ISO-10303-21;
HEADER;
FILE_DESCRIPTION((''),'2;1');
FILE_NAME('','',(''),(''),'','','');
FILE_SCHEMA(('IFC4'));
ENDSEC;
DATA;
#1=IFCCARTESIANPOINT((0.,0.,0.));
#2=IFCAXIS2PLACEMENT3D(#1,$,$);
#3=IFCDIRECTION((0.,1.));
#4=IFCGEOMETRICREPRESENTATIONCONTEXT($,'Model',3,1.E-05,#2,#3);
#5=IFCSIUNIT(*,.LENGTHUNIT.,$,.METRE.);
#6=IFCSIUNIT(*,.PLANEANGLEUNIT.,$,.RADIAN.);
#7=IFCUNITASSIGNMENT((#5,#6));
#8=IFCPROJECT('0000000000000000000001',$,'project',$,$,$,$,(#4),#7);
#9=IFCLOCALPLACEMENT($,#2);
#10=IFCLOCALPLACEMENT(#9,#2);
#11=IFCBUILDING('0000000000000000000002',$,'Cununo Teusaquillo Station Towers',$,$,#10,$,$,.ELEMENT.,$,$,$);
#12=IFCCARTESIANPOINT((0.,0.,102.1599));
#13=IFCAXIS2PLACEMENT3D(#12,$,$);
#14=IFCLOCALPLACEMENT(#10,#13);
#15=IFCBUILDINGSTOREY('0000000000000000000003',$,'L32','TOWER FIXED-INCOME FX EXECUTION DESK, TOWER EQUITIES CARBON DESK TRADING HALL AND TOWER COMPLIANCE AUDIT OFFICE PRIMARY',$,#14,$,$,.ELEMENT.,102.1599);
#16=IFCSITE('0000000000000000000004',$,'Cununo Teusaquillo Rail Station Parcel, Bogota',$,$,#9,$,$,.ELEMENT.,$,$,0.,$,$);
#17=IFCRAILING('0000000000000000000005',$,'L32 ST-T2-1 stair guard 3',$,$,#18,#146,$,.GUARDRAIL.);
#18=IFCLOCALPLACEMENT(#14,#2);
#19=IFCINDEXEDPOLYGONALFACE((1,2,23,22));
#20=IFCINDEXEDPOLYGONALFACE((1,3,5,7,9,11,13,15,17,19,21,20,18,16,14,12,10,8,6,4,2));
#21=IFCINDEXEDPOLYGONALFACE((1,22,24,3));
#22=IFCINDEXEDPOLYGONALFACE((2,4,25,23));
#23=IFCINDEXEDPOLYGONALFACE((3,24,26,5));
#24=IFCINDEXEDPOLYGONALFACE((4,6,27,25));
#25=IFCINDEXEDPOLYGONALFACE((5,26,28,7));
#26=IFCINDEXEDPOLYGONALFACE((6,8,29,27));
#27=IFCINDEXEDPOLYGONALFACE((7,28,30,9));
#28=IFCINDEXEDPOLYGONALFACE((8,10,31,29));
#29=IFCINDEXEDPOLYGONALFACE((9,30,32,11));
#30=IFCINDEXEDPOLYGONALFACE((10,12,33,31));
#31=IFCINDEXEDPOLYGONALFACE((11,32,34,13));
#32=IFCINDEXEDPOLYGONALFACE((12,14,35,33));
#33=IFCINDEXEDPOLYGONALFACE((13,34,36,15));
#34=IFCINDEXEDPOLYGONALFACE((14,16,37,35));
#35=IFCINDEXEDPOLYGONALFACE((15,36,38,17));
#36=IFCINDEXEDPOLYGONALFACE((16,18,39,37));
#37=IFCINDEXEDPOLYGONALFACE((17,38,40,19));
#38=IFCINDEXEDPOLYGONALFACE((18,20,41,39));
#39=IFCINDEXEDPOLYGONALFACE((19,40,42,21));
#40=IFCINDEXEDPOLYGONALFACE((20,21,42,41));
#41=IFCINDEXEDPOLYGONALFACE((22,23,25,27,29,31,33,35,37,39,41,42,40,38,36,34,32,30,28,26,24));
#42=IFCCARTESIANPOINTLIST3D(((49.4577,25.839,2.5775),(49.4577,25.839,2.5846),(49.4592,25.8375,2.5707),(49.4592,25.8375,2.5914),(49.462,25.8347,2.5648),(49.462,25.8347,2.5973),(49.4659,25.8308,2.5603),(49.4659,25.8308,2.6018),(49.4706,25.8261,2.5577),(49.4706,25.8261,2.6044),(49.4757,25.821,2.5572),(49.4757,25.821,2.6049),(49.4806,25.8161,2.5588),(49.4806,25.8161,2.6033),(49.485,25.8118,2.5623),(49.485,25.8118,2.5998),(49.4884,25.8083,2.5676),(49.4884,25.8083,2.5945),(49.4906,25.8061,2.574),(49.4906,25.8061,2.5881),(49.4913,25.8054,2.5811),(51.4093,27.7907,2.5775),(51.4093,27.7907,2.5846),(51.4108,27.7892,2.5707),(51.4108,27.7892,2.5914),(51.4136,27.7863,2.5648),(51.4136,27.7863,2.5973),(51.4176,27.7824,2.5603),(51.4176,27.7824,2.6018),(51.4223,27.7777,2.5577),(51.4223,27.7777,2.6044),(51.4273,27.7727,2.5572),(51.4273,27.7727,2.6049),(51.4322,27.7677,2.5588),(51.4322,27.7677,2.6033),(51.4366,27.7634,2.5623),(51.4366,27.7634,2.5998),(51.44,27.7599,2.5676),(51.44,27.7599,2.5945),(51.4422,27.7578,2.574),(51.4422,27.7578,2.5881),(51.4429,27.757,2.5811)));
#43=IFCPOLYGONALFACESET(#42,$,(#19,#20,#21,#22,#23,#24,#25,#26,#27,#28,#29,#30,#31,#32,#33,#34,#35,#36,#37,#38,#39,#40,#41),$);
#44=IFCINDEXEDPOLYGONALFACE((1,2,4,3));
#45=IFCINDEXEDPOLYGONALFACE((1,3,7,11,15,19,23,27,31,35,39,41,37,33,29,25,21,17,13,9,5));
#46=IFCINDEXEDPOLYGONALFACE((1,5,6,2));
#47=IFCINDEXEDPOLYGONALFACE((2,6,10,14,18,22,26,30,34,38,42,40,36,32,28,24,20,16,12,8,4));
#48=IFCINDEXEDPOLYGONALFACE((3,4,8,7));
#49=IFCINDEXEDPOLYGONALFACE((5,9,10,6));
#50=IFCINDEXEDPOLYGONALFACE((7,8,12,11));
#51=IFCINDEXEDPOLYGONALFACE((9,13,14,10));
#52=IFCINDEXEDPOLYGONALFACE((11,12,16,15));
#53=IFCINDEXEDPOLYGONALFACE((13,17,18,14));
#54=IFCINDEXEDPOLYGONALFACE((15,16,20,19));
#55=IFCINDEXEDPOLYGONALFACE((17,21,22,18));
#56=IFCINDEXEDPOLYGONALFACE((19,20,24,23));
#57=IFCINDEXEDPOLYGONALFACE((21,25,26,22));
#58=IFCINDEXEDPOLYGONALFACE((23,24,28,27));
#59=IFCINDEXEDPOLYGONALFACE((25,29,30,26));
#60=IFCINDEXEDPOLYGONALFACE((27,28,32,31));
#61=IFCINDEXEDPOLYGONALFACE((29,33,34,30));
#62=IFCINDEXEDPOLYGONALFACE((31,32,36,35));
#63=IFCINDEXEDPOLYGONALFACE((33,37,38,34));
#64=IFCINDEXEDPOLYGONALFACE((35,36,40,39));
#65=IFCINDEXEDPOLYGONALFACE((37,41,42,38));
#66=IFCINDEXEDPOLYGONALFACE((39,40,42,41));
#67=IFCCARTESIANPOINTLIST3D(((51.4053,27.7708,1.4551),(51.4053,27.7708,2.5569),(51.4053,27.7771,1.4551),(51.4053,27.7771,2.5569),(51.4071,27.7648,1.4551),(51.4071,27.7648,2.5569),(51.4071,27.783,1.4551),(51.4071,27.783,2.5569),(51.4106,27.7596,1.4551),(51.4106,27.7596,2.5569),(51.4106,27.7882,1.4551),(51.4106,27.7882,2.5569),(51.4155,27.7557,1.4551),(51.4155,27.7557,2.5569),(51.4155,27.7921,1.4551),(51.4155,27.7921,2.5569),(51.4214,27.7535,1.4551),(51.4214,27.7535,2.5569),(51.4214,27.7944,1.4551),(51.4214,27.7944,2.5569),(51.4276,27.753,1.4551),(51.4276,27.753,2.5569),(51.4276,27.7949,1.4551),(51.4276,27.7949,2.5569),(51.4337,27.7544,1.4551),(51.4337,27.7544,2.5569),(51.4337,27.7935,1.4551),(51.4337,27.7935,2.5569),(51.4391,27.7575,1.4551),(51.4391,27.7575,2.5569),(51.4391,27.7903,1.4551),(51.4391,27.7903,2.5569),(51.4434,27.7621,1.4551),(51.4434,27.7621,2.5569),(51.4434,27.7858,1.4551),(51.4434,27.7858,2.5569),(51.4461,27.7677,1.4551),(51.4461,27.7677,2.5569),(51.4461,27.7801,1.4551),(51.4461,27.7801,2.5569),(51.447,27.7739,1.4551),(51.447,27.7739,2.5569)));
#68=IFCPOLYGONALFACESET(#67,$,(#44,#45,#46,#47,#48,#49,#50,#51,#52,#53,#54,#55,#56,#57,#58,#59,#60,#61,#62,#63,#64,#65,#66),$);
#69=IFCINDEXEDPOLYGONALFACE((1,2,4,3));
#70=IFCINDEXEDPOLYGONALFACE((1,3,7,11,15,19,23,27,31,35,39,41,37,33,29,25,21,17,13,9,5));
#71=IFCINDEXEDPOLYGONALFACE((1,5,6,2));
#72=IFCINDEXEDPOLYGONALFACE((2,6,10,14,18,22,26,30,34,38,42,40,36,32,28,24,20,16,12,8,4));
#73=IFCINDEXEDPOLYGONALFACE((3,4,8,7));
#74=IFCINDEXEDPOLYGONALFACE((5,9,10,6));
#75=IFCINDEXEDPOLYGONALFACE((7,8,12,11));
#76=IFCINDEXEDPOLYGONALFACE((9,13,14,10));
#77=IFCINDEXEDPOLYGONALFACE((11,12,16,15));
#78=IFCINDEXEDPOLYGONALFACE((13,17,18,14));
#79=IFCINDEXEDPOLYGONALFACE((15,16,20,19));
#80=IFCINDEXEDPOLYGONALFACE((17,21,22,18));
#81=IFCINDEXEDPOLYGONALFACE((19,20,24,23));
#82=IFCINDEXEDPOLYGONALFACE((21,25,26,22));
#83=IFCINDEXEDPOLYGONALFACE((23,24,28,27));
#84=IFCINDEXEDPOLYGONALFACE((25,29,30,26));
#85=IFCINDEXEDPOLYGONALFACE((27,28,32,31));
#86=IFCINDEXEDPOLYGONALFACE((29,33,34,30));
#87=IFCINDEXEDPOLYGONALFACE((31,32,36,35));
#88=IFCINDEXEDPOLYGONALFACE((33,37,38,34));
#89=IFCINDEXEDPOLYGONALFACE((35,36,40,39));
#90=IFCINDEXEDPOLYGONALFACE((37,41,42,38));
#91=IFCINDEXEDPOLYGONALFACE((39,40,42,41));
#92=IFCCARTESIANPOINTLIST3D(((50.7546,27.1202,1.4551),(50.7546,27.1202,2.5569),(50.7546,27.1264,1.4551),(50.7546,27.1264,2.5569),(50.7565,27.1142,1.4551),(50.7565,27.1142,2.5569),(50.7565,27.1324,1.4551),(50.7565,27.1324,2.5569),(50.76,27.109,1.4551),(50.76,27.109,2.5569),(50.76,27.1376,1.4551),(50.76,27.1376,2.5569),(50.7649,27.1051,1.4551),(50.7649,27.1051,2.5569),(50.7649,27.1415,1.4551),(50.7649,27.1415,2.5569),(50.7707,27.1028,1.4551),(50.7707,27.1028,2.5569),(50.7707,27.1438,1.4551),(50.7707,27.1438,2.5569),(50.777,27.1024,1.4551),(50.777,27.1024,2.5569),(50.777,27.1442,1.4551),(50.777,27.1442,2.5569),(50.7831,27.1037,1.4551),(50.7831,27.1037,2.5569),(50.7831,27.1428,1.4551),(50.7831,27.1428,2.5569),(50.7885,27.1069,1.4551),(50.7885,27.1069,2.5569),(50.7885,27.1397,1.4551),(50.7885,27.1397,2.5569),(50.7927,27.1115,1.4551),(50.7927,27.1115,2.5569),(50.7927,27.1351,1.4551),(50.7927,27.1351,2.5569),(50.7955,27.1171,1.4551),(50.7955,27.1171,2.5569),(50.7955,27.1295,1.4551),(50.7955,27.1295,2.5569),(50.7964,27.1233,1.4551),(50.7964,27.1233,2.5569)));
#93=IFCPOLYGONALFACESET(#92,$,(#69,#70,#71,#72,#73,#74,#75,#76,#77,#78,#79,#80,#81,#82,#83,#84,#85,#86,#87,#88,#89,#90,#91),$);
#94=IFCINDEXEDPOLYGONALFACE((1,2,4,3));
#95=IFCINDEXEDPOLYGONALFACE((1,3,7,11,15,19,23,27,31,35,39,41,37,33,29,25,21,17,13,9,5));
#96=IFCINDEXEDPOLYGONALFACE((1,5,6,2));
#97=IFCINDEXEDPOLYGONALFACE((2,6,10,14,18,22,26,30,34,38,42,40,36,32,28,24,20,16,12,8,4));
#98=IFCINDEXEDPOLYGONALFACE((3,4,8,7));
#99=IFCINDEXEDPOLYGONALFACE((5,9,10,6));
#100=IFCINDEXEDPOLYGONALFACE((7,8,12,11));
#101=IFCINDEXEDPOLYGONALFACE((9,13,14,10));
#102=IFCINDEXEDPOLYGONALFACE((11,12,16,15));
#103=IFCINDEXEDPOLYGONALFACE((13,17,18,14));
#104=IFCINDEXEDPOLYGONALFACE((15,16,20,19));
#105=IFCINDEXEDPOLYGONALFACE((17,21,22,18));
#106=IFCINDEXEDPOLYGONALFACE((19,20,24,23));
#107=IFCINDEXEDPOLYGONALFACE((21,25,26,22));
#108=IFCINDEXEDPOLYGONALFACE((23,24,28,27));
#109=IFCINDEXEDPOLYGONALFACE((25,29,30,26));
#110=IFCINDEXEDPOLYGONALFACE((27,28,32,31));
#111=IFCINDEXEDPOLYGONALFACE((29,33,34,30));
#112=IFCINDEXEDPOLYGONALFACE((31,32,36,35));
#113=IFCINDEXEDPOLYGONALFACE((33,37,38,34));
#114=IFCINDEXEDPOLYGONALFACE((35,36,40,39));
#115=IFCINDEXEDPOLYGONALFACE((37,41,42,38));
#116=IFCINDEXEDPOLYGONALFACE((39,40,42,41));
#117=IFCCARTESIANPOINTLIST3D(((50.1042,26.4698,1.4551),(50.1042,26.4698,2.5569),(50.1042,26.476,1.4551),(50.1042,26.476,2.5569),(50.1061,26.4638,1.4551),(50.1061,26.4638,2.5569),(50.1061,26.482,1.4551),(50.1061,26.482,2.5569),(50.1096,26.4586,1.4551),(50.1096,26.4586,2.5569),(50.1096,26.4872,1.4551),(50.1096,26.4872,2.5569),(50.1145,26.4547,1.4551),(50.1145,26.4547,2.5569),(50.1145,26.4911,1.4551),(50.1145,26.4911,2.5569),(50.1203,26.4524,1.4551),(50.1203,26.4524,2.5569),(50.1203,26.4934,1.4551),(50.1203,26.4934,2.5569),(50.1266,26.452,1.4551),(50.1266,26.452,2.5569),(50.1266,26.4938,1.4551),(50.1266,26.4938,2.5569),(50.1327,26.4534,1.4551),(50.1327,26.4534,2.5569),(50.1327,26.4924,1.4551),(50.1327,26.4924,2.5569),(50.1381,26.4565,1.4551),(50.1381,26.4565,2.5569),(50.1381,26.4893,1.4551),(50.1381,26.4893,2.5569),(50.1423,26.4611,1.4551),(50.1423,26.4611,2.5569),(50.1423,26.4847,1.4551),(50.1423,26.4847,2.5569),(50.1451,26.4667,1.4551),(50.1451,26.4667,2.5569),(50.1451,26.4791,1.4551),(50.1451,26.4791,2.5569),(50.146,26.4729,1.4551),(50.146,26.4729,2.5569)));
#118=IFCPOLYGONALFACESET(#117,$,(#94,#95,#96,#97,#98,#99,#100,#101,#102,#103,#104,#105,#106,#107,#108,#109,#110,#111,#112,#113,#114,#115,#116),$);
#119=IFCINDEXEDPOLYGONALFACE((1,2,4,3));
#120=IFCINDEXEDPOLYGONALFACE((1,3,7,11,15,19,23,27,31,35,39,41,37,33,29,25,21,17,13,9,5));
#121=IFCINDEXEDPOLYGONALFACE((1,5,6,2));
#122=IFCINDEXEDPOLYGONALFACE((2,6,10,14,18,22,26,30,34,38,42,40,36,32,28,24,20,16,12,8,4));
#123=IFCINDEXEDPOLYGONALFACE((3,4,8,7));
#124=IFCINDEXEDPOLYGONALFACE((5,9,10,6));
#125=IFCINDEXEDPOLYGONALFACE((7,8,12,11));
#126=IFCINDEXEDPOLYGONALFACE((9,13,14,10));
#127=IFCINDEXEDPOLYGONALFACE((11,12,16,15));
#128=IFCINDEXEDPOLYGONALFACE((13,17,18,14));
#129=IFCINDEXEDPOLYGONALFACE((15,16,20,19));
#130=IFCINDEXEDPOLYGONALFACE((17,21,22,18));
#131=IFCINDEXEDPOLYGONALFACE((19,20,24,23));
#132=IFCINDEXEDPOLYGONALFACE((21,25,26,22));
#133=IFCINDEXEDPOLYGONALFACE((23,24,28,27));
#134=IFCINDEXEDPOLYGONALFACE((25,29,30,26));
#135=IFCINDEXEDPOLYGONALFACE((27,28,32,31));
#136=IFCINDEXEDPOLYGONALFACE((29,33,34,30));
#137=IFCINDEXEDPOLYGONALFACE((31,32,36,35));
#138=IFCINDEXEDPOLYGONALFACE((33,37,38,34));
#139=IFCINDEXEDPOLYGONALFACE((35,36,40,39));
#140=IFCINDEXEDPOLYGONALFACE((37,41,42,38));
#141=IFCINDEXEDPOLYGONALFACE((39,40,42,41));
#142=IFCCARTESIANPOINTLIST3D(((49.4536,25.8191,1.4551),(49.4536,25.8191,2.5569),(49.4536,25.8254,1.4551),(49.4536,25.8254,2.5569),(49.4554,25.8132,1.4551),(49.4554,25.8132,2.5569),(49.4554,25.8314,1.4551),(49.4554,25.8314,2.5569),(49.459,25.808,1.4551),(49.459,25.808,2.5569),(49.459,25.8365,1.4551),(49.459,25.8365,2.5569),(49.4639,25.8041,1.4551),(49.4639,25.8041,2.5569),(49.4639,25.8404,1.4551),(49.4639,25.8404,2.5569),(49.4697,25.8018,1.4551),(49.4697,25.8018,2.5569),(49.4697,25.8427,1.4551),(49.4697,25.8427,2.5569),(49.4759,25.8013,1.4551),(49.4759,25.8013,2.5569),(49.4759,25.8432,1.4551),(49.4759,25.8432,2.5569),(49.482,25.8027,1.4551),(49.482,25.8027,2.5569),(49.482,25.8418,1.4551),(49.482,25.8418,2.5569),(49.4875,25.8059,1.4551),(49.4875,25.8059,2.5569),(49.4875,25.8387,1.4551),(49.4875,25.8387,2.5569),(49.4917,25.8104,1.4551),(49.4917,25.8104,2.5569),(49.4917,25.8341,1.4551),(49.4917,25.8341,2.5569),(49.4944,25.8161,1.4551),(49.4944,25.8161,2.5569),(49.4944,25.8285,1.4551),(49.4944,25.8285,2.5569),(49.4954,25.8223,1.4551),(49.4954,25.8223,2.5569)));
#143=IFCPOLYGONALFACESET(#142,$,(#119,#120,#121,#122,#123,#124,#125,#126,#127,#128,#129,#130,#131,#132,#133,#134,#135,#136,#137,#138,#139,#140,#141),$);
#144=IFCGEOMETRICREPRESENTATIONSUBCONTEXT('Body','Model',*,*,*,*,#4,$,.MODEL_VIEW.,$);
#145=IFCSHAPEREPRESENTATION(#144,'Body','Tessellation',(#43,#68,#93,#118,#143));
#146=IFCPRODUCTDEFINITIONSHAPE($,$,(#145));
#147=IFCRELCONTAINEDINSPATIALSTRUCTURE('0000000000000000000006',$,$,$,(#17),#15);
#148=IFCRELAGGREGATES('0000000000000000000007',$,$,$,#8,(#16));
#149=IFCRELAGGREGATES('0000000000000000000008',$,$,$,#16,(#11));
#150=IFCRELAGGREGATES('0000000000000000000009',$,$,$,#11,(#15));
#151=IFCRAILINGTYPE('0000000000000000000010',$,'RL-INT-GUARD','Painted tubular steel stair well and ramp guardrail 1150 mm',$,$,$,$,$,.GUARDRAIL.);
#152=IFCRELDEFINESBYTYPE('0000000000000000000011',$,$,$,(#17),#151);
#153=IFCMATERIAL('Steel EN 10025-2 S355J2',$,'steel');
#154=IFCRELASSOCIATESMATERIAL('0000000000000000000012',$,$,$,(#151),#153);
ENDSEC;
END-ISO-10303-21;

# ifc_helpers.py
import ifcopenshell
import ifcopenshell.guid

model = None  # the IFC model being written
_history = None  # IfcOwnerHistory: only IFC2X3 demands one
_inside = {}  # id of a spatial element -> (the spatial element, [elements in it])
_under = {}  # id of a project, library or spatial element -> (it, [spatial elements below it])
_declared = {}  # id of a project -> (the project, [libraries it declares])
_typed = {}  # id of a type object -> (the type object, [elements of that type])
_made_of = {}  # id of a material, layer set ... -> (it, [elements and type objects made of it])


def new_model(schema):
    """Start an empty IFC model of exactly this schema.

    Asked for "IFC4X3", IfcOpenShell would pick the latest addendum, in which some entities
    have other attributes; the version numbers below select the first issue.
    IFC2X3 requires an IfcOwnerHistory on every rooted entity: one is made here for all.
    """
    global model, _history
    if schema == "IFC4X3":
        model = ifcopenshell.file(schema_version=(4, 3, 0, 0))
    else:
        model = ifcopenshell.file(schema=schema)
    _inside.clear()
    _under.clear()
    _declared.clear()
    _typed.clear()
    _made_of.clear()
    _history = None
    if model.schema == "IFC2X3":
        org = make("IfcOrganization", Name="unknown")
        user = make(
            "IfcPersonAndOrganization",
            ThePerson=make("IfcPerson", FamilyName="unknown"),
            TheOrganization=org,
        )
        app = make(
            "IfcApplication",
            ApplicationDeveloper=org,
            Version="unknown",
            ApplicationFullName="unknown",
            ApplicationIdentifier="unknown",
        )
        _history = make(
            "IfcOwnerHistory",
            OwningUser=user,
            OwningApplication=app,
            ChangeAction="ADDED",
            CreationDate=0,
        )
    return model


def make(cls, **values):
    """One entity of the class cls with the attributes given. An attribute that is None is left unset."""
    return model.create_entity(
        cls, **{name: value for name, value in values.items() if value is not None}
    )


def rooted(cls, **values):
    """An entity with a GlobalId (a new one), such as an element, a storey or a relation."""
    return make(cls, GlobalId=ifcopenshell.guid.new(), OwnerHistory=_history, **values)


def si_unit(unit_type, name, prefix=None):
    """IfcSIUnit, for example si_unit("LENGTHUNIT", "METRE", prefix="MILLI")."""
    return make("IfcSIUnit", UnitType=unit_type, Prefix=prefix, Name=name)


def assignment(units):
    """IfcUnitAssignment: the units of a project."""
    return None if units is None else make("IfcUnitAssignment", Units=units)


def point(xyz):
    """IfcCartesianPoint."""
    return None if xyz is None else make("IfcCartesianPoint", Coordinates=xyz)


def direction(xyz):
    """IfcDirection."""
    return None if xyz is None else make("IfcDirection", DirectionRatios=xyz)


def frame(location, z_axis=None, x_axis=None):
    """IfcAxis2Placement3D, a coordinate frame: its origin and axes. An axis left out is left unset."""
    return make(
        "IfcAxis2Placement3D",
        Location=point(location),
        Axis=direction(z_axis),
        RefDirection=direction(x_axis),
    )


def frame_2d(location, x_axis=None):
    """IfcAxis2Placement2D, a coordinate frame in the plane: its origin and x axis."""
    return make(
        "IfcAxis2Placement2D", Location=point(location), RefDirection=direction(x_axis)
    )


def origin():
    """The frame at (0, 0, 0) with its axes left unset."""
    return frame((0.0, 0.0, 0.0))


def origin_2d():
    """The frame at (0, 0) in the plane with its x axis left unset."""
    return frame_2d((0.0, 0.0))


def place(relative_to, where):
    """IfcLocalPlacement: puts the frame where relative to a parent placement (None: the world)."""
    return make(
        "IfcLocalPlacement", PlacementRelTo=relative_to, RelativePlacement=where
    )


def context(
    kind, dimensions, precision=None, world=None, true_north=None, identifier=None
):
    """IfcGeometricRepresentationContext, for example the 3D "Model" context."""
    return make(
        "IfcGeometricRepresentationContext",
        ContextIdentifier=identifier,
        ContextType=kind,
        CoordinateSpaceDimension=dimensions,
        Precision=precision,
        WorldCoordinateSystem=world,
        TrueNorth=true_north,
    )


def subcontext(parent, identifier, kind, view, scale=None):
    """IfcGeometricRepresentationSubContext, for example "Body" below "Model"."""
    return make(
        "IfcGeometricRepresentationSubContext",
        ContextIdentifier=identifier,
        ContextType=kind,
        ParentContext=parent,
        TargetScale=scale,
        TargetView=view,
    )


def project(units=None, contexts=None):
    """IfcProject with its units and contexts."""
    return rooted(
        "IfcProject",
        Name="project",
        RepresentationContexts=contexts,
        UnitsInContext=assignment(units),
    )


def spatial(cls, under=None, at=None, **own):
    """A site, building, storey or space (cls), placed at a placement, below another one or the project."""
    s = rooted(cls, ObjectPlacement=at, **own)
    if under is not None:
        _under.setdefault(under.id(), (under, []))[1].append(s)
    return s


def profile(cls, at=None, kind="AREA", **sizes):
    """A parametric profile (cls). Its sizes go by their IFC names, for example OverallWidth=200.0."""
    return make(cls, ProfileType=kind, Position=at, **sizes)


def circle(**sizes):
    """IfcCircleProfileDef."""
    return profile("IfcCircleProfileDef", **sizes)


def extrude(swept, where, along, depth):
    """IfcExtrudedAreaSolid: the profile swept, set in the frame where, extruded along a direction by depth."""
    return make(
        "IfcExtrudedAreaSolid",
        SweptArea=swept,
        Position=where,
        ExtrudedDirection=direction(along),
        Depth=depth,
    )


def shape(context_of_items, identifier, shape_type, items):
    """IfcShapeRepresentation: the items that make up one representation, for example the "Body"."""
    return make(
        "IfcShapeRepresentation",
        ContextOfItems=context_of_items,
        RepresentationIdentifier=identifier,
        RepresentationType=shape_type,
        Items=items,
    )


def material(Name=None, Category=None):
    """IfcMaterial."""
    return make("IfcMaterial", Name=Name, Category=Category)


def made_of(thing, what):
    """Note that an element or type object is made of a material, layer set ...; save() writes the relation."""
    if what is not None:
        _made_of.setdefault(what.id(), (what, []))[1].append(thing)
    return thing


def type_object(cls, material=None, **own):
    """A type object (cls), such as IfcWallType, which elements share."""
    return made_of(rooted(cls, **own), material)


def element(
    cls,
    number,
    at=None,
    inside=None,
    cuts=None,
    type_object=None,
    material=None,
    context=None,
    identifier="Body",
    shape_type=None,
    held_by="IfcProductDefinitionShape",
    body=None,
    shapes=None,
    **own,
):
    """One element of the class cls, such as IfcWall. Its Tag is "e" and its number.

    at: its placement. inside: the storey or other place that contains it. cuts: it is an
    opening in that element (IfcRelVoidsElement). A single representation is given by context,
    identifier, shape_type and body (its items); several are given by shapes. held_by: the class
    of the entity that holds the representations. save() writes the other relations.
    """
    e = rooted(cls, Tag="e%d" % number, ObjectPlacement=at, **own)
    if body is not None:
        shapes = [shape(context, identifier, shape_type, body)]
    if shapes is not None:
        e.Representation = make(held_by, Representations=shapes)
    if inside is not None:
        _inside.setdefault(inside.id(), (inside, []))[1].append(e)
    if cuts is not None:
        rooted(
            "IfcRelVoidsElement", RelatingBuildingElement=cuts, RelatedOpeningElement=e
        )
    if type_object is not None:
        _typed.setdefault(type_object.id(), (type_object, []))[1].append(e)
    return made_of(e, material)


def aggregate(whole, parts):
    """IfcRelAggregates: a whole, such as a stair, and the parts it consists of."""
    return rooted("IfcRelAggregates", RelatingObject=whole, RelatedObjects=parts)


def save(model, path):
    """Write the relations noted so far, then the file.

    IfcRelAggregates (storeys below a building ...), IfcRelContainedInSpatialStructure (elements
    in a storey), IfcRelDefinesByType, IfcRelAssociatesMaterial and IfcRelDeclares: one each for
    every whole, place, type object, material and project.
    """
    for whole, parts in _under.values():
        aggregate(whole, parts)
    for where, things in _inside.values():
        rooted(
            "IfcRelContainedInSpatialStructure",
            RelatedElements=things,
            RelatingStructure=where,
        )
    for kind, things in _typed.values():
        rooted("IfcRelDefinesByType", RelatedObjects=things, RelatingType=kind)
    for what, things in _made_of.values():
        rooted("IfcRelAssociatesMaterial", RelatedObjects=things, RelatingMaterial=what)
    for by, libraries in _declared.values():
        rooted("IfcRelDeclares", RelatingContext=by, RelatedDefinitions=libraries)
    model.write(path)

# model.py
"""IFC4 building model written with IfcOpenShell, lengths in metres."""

from ifc_helpers import new_model, si_unit, direction, frame, origin, origin_2d, place, context, subcontext, project, spatial, circle, extrude, material, type_object, element, save


model = new_model("IFC4")

# Units and contexts
model_context = context("Model", 3, precision=1e-05, world=origin(), true_north=direction((0.0, 1.0)))
body_context = subcontext(model_context, "Body", "Model", "MODEL_VIEW")
ifc_project = project(units=[si_unit("LENGTHUNIT", "METRE"), si_unit("PLANEANGLEUNIT", "RADIAN")], contexts=[model_context])

# Site, building, storey
site_placement = place(None, origin())
site = spatial("IfcSite", under=ifc_project, at=site_placement, Name="Cununo Teusaquillo Rail Station Parcel, Bogota", CompositionType="ELEMENT", RefElevation=0.0)
building_placement = place(site_placement, origin())
building = spatial("IfcBuilding", under=site, at=building_placement, Name="Cununo Teusaquillo Station Towers", CompositionType="ELEMENT")
storey_placement = place(building_placement, frame((0.0, 0.0, 102.1599)))
storey = spatial("IfcBuildingStorey", under=building, at=storey_placement, Name="L32", Description="TOWER FIXED-INCOME FX EXECUTION DESK, TOWER EQUITIES CARBON DESK TRADING HALL AND TOWER COMPLIANCE AUDIT OFFICE PRIMARY", CompositionType="ELEMENT", Elevation=102.1599)

# Railing
ifc_material_1 = material(Name="Steel EN 10025-2 S355J2", Category="steel")
railing_type = type_object("IfcRailingType", Name="RL-INT-GUARD", Description="Painted tubular steel stair well and ramp guardrail 1150 mm", PredefinedType="GUARDRAIL", material=ifc_material_1)
railing_1_placement = place(storey_placement, frame((51.426, 27.7739, 1.4551)))
element("IfcRailing", 1, at=railing_1_placement, inside=storey, type_object=railing_type, Name="L32 ST-T2-1 stair guard 3", PredefinedType="GUARDRAIL", context=body_context, shape_type="SweptSolid", body=[
    extrude(circle(Radius=0.0239, at=origin_2d()), frame((0.0, 0.0, 1.126), z_axis=(-0.707107, -0.707107, 0.0), x_axis=(0.707107, -0.707107, 0.0)), (0.0, 0.0, 1.0), 2.76),
    extrude(circle(Radius=0.021, at=origin_2d()), origin(), (0.0, 0.0, 1.0), 1.1018),
    extrude(circle(Radius=0.021, at=origin_2d()), frame((-0.6506, -0.6506, 0.0)), (0.0, 0.0, 1.0), 1.1018),
    extrude(circle(Radius=0.021, at=origin_2d()), frame((-1.301, -1.301, 0.0)), (0.0, 0.0, 1.0), 1.1018),
    extrude(circle(Radius=0.021, at=origin_2d()), frame((-1.9517, -1.9517, 0.0)), (0.0, 0.0, 1.0), 1.1018),
])

save(model, "model.ifc")
